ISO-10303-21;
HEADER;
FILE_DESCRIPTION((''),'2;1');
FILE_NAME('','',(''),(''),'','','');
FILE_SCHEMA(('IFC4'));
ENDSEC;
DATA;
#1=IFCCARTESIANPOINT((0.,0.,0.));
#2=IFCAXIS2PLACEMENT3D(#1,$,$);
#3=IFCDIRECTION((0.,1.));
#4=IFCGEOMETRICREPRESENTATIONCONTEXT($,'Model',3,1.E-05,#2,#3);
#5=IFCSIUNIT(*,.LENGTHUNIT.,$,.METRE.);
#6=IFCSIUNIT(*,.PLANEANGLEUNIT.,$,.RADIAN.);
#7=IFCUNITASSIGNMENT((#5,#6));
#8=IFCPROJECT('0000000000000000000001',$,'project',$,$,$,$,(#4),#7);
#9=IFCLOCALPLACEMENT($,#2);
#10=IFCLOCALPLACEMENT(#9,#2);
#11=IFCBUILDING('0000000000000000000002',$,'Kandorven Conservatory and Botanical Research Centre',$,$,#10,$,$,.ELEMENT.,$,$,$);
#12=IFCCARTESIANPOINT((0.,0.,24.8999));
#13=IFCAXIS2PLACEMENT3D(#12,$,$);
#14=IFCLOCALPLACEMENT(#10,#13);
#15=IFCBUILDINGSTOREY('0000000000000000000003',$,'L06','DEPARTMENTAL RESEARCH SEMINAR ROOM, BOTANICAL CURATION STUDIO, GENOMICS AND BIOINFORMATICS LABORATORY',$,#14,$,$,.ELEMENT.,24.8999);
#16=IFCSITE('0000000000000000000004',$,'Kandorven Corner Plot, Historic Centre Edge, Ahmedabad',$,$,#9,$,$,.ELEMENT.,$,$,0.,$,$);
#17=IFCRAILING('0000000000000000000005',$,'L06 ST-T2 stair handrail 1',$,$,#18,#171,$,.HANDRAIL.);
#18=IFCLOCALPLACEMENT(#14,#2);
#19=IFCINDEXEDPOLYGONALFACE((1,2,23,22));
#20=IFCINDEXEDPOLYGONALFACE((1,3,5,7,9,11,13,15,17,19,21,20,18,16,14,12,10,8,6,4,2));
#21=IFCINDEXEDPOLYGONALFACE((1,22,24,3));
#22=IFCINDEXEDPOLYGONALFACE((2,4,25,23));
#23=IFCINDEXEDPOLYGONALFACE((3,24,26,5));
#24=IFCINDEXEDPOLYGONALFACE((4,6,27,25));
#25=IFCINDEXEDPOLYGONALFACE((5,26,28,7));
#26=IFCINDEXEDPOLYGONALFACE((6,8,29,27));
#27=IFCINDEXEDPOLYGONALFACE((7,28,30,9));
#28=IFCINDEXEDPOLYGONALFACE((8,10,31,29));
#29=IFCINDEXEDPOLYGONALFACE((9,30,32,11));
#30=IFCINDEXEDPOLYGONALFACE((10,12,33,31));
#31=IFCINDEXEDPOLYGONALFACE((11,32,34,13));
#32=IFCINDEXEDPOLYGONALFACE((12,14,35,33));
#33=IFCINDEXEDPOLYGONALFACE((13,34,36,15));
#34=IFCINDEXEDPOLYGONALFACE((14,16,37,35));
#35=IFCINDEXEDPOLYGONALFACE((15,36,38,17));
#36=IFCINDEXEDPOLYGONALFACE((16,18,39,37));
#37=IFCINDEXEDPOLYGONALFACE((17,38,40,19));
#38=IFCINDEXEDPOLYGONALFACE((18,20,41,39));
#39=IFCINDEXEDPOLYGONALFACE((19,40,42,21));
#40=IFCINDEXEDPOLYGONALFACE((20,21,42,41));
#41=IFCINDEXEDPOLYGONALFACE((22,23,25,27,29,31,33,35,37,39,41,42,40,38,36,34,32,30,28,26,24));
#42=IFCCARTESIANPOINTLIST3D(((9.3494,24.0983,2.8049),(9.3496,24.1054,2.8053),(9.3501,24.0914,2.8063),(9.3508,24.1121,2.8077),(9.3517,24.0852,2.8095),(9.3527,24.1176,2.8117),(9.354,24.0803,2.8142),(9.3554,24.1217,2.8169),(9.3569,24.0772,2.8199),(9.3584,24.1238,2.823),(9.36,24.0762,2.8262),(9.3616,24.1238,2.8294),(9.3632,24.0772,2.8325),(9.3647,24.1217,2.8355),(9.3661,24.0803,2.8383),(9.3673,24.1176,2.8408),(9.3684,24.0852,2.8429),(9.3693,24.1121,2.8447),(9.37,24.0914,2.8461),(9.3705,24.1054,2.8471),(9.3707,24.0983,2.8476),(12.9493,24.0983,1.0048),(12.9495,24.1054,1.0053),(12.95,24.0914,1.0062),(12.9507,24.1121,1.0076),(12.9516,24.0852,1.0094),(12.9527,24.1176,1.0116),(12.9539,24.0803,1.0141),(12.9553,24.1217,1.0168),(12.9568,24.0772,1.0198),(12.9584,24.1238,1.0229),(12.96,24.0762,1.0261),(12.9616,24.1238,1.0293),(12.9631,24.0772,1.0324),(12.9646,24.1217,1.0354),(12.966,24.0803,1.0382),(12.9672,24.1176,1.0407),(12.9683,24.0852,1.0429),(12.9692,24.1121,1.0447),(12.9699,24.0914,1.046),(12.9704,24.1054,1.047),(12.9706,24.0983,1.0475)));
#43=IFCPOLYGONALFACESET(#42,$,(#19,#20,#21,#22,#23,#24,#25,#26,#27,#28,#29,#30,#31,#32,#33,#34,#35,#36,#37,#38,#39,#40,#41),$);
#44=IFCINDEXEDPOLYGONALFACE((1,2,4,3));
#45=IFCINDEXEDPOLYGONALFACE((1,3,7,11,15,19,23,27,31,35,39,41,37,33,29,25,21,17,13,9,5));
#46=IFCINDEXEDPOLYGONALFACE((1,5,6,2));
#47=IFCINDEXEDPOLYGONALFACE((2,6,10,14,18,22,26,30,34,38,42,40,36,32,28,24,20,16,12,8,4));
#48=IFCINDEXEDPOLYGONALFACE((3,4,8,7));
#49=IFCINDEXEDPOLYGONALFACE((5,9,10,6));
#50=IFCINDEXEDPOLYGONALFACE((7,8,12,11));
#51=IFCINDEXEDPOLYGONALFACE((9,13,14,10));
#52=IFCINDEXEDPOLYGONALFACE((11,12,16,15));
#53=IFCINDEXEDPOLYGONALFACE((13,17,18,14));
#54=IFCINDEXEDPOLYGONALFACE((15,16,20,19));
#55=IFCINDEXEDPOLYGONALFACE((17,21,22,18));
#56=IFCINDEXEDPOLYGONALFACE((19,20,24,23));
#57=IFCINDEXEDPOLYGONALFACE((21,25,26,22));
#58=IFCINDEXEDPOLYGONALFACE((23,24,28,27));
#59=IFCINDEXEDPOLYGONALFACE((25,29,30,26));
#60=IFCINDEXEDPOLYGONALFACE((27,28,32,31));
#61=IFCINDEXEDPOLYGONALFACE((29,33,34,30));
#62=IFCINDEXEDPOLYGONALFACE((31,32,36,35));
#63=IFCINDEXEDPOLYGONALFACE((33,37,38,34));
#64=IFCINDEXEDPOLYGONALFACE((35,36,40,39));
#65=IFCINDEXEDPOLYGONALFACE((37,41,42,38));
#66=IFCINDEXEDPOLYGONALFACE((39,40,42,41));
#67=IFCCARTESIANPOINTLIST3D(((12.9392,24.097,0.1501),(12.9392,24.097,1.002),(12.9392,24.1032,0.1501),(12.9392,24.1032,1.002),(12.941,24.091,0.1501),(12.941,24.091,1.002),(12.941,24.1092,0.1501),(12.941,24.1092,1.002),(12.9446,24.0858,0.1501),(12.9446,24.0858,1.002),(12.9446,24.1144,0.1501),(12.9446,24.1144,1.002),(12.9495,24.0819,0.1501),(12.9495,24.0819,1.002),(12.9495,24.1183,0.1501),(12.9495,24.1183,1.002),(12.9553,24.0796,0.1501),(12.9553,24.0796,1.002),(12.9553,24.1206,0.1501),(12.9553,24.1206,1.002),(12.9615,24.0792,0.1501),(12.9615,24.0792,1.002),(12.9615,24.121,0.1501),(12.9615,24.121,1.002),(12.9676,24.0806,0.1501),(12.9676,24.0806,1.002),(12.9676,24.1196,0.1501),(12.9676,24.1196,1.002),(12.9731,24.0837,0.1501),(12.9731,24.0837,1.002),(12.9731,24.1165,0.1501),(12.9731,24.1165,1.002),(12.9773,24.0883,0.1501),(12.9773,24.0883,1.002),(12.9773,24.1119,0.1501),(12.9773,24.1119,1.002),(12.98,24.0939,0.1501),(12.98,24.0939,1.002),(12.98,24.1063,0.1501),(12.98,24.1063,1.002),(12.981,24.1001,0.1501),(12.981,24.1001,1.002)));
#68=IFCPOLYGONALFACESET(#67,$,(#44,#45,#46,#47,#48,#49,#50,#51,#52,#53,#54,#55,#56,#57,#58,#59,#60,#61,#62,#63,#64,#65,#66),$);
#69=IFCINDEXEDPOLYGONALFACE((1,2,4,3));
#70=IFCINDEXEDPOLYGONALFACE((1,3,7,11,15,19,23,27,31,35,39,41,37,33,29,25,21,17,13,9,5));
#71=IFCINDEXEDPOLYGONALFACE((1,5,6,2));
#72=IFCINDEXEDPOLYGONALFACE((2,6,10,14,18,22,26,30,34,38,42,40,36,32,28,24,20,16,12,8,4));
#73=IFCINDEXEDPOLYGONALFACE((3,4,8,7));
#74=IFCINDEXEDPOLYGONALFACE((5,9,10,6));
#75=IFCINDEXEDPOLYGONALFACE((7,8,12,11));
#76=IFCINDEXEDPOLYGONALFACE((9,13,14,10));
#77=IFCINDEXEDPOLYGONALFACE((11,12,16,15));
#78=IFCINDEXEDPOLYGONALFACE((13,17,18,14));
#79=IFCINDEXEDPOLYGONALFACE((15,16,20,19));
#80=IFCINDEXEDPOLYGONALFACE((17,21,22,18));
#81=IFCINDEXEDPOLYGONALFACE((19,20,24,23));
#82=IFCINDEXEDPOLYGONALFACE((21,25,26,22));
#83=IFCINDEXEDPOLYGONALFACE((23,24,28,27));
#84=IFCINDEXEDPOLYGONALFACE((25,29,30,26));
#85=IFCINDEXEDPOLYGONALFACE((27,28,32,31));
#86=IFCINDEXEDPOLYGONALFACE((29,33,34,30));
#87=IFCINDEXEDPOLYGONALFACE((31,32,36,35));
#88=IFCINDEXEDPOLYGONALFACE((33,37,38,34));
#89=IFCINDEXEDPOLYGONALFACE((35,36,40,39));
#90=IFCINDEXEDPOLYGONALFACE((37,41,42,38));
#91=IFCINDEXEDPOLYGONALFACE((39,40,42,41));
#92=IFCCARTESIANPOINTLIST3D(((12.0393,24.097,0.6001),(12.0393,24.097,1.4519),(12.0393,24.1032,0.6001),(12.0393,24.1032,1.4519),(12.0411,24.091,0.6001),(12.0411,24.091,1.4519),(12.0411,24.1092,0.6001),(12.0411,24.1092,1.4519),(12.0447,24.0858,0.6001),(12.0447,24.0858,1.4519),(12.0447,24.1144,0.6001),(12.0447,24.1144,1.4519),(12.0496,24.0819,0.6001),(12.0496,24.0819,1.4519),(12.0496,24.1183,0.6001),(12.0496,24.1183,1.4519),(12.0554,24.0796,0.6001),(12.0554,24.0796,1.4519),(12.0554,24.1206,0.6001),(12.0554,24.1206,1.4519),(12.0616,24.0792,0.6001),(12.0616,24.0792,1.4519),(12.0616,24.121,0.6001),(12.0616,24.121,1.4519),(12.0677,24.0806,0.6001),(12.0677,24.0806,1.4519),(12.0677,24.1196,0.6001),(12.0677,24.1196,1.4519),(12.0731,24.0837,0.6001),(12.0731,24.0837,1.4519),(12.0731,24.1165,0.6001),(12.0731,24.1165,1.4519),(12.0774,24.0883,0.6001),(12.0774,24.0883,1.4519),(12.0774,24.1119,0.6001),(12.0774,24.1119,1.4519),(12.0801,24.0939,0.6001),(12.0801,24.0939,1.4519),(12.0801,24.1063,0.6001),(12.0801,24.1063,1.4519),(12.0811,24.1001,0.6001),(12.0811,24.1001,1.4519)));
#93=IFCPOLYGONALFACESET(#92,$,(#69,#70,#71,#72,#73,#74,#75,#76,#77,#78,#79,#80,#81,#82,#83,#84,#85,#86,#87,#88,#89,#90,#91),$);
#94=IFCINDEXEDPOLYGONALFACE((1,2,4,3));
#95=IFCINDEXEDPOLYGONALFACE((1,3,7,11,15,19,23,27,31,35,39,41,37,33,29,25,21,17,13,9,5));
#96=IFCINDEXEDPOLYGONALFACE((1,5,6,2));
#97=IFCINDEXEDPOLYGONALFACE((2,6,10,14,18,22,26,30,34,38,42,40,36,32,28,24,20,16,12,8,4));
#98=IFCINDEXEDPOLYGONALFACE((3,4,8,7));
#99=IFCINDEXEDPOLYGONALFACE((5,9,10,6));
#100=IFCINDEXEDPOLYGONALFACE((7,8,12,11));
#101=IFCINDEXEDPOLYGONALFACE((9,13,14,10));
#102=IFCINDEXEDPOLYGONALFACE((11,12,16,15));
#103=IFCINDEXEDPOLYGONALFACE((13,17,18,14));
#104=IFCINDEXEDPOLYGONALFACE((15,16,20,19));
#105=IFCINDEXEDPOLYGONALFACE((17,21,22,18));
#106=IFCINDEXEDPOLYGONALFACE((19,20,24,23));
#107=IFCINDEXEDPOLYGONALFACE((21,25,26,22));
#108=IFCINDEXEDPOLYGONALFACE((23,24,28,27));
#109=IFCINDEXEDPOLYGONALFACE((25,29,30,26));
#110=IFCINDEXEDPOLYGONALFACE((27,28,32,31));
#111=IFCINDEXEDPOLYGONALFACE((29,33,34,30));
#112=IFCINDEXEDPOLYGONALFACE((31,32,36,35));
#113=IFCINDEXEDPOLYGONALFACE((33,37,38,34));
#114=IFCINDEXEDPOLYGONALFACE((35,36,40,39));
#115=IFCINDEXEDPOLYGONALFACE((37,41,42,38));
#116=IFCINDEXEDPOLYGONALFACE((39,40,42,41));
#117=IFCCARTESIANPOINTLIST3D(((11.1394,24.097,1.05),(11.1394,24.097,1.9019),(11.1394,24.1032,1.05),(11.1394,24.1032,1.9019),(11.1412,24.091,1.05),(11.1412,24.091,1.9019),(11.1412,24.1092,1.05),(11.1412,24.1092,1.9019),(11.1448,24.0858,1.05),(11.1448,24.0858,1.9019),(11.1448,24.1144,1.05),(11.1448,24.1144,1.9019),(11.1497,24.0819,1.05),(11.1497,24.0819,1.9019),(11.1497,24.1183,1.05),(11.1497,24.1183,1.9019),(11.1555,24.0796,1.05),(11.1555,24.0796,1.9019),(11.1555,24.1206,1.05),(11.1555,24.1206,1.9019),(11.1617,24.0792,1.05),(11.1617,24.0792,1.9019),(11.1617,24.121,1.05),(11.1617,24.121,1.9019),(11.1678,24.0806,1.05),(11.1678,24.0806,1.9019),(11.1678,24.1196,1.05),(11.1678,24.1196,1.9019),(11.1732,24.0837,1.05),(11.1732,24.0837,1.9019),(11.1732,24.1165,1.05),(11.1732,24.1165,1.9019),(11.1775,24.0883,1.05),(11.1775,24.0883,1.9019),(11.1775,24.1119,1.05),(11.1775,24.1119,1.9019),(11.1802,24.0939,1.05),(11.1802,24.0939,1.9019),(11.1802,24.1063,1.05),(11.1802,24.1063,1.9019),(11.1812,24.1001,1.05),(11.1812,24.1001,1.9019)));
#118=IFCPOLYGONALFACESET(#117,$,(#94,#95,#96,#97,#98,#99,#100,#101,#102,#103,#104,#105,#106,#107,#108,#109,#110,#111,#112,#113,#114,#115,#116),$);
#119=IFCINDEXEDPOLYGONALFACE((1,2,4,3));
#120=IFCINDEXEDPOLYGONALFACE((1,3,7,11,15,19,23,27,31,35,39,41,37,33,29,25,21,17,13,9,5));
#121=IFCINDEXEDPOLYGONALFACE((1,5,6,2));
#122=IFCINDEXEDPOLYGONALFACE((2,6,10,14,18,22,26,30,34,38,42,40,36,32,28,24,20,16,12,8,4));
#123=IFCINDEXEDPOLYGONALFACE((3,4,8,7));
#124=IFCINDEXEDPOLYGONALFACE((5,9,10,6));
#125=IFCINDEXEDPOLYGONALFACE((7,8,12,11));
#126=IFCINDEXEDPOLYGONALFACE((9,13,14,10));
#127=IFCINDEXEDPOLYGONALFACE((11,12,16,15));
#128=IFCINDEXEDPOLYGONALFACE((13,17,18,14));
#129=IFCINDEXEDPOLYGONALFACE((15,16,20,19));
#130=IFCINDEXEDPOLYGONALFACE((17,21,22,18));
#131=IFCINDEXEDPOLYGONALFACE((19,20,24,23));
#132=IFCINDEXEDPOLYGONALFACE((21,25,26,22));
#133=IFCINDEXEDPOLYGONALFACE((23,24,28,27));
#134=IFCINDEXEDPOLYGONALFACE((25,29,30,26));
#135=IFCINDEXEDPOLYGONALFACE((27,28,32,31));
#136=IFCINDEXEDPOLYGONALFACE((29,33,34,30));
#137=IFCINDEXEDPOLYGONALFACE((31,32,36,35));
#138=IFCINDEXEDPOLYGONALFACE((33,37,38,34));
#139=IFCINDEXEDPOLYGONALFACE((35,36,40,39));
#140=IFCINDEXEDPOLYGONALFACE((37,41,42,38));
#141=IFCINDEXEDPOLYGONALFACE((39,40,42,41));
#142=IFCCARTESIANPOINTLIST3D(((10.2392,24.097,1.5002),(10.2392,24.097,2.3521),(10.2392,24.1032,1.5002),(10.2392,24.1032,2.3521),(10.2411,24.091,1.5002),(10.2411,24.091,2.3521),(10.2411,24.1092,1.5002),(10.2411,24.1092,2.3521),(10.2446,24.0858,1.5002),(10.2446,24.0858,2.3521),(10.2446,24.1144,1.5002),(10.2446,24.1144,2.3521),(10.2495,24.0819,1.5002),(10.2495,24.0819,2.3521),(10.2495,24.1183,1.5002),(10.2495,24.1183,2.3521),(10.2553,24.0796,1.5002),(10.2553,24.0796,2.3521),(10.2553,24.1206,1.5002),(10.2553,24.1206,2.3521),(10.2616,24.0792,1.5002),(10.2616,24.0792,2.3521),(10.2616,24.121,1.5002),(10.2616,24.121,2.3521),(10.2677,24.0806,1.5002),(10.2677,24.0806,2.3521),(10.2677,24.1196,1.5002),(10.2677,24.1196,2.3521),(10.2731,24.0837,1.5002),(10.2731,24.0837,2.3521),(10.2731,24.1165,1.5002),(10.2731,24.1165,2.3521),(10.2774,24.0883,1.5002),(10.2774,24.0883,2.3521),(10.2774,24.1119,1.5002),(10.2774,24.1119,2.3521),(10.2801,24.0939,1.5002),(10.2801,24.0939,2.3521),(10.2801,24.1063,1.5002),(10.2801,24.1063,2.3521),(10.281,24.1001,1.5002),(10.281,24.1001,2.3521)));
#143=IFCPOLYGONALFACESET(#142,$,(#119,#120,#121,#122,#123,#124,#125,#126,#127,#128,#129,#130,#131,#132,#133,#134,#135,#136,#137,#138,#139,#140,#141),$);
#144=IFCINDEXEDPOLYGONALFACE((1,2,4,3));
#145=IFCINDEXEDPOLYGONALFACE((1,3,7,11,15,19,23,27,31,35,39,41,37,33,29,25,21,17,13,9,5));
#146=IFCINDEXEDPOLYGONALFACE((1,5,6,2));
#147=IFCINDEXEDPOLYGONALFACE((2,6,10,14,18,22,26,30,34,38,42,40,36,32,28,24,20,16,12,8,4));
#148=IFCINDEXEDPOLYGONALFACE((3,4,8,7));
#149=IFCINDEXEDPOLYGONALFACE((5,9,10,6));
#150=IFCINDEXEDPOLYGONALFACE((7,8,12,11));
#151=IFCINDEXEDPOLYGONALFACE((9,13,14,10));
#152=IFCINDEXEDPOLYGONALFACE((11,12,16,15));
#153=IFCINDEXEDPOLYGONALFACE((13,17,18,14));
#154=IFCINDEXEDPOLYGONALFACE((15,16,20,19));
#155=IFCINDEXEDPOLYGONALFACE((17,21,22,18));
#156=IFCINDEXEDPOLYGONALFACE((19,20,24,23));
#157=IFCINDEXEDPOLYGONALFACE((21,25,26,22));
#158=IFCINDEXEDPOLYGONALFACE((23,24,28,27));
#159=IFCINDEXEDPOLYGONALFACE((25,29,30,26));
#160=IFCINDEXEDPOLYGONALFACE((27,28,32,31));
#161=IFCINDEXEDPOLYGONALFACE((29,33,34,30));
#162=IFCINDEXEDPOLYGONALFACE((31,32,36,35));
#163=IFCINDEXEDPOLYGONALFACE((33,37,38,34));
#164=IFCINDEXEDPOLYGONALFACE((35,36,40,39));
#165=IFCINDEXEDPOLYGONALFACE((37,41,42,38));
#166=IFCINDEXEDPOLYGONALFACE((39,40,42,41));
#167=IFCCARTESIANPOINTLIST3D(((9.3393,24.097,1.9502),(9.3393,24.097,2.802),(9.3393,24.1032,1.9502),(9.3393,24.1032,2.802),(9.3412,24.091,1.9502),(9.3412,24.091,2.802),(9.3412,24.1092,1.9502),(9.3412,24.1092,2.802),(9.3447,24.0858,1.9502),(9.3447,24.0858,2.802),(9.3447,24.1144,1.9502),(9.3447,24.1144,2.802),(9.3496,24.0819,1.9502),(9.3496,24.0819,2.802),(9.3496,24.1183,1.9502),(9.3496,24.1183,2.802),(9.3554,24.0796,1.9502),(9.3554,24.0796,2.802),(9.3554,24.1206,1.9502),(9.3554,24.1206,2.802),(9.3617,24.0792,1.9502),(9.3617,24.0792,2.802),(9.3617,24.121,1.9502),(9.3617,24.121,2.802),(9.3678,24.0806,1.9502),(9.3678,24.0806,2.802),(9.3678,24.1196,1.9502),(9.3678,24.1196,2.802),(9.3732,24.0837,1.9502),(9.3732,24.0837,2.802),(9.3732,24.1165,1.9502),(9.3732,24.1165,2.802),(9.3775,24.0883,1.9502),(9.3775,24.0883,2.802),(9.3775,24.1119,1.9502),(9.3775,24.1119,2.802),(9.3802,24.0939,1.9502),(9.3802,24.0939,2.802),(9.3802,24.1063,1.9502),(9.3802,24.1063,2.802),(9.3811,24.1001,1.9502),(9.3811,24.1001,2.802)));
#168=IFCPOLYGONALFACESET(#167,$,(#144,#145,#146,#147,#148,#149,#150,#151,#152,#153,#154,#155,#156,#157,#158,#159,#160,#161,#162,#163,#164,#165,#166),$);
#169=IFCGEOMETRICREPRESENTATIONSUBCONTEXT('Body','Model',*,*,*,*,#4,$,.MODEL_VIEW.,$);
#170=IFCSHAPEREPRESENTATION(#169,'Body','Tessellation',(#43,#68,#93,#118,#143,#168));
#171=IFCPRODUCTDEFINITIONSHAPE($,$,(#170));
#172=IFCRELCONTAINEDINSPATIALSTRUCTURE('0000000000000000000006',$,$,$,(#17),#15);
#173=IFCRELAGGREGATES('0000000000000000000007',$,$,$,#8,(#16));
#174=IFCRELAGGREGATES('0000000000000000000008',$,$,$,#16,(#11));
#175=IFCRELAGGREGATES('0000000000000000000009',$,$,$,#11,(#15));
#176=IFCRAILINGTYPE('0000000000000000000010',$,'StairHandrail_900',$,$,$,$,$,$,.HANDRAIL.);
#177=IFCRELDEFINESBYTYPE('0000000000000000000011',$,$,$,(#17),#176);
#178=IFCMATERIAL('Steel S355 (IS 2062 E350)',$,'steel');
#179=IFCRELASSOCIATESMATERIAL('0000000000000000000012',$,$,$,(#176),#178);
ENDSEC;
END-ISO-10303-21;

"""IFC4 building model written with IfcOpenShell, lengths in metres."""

from ifc_helpers import new_model, si_unit, direction, frame, origin, origin_2d, place, context, subcontext, project, spatial, circle, extrude, material, type_object, element, save


model = new_model("IFC4")

# Units and contexts
model_context = context("Model", 3, precision=1e-05, world=origin(), true_north=direction((0.0, 1.0)))
body_context = subcontext(model_context, "Body", "Model", "MODEL_VIEW")
ifc_project = project(units=[si_unit("LENGTHUNIT", "METRE"), si_unit("PLANEANGLEUNIT", "RADIAN")], contexts=[model_context])

# Site, building, storey
site_placement = place(None, origin())
site = spatial("IfcSite", under=ifc_project, at=site_placement, Name="Kandorven Corner Plot, Historic Centre Edge, Ahmedabad", CompositionType="ELEMENT", RefElevation=0.0)
building_placement = place(site_placement, origin())
building = spatial("IfcBuilding", under=site, at=building_placement, Name="Kandorven Conservatory and Botanical Research Centre", CompositionType="ELEMENT")
storey_placement = place(building_placement, frame((0.0, 0.0, 24.8999)))
storey = spatial("IfcBuildingStorey", under=building, at=storey_placement, Name="L06", Description="DEPARTMENTAL RESEARCH SEMINAR ROOM, BOTANICAL CURATION STUDIO, GENOMICS AND BIOINFORMATICS LABORATORY", CompositionType="ELEMENT", Elevation=24.8999)

# Railing
ifc_material_1 = material(Name="Steel S355 (IS 2062 E350)", Category="steel")
railing_type_1 = type_object("IfcRailingType", Name="StairHandrail_900", PredefinedType="HANDRAIL", material=ifc_material_1)
railing_1_placement = place(storey_placement, frame((12.96, 24.1001, 0.1501)))
element("IfcRailing", 1, at=railing_1_placement, inside=storey, type_object=railing_type_1, Name="L06 ST-T2 stair handrail 1", PredefinedType="HANDRAIL", context=body_context, shape_type="SweptSolid", body=[
    extrude(circle(Radius=0.0239, at=origin_2d()), frame((0.0, 0.0, 0.876), z_axis=(-0.894415, 0.0, 0.447238), x_axis=(0.0, -1.0, 0.0)), (0.0, 0.0, 1.0), 4.0249),
    extrude(circle(Radius=0.021, at=origin_2d()), origin(), (0.0, 0.0, 1.0), 0.8518),
    extrude(circle(Radius=0.021, at=origin_2d()), frame((-0.8999, 0.0, 0.45)), (0.0, 0.0, 1.0), 0.8518),
    extrude(circle(Radius=0.021, at=origin_2d()), frame((-1.7998, 0.0, 0.8999)), (0.0, 0.0, 1.0), 0.8518),
    extrude(circle(Radius=0.021, at=origin_2d()), frame((-2.7, 0.0, 1.3501)), (0.0, 0.0, 1.0), 0.8518),
    extrude(circle(Radius=0.021, at=origin_2d()), frame((-3.5999, 0.0, 1.8)), (0.0, 0.0, 1.0), 0.8518),
])

save(model, "model.ifc")
